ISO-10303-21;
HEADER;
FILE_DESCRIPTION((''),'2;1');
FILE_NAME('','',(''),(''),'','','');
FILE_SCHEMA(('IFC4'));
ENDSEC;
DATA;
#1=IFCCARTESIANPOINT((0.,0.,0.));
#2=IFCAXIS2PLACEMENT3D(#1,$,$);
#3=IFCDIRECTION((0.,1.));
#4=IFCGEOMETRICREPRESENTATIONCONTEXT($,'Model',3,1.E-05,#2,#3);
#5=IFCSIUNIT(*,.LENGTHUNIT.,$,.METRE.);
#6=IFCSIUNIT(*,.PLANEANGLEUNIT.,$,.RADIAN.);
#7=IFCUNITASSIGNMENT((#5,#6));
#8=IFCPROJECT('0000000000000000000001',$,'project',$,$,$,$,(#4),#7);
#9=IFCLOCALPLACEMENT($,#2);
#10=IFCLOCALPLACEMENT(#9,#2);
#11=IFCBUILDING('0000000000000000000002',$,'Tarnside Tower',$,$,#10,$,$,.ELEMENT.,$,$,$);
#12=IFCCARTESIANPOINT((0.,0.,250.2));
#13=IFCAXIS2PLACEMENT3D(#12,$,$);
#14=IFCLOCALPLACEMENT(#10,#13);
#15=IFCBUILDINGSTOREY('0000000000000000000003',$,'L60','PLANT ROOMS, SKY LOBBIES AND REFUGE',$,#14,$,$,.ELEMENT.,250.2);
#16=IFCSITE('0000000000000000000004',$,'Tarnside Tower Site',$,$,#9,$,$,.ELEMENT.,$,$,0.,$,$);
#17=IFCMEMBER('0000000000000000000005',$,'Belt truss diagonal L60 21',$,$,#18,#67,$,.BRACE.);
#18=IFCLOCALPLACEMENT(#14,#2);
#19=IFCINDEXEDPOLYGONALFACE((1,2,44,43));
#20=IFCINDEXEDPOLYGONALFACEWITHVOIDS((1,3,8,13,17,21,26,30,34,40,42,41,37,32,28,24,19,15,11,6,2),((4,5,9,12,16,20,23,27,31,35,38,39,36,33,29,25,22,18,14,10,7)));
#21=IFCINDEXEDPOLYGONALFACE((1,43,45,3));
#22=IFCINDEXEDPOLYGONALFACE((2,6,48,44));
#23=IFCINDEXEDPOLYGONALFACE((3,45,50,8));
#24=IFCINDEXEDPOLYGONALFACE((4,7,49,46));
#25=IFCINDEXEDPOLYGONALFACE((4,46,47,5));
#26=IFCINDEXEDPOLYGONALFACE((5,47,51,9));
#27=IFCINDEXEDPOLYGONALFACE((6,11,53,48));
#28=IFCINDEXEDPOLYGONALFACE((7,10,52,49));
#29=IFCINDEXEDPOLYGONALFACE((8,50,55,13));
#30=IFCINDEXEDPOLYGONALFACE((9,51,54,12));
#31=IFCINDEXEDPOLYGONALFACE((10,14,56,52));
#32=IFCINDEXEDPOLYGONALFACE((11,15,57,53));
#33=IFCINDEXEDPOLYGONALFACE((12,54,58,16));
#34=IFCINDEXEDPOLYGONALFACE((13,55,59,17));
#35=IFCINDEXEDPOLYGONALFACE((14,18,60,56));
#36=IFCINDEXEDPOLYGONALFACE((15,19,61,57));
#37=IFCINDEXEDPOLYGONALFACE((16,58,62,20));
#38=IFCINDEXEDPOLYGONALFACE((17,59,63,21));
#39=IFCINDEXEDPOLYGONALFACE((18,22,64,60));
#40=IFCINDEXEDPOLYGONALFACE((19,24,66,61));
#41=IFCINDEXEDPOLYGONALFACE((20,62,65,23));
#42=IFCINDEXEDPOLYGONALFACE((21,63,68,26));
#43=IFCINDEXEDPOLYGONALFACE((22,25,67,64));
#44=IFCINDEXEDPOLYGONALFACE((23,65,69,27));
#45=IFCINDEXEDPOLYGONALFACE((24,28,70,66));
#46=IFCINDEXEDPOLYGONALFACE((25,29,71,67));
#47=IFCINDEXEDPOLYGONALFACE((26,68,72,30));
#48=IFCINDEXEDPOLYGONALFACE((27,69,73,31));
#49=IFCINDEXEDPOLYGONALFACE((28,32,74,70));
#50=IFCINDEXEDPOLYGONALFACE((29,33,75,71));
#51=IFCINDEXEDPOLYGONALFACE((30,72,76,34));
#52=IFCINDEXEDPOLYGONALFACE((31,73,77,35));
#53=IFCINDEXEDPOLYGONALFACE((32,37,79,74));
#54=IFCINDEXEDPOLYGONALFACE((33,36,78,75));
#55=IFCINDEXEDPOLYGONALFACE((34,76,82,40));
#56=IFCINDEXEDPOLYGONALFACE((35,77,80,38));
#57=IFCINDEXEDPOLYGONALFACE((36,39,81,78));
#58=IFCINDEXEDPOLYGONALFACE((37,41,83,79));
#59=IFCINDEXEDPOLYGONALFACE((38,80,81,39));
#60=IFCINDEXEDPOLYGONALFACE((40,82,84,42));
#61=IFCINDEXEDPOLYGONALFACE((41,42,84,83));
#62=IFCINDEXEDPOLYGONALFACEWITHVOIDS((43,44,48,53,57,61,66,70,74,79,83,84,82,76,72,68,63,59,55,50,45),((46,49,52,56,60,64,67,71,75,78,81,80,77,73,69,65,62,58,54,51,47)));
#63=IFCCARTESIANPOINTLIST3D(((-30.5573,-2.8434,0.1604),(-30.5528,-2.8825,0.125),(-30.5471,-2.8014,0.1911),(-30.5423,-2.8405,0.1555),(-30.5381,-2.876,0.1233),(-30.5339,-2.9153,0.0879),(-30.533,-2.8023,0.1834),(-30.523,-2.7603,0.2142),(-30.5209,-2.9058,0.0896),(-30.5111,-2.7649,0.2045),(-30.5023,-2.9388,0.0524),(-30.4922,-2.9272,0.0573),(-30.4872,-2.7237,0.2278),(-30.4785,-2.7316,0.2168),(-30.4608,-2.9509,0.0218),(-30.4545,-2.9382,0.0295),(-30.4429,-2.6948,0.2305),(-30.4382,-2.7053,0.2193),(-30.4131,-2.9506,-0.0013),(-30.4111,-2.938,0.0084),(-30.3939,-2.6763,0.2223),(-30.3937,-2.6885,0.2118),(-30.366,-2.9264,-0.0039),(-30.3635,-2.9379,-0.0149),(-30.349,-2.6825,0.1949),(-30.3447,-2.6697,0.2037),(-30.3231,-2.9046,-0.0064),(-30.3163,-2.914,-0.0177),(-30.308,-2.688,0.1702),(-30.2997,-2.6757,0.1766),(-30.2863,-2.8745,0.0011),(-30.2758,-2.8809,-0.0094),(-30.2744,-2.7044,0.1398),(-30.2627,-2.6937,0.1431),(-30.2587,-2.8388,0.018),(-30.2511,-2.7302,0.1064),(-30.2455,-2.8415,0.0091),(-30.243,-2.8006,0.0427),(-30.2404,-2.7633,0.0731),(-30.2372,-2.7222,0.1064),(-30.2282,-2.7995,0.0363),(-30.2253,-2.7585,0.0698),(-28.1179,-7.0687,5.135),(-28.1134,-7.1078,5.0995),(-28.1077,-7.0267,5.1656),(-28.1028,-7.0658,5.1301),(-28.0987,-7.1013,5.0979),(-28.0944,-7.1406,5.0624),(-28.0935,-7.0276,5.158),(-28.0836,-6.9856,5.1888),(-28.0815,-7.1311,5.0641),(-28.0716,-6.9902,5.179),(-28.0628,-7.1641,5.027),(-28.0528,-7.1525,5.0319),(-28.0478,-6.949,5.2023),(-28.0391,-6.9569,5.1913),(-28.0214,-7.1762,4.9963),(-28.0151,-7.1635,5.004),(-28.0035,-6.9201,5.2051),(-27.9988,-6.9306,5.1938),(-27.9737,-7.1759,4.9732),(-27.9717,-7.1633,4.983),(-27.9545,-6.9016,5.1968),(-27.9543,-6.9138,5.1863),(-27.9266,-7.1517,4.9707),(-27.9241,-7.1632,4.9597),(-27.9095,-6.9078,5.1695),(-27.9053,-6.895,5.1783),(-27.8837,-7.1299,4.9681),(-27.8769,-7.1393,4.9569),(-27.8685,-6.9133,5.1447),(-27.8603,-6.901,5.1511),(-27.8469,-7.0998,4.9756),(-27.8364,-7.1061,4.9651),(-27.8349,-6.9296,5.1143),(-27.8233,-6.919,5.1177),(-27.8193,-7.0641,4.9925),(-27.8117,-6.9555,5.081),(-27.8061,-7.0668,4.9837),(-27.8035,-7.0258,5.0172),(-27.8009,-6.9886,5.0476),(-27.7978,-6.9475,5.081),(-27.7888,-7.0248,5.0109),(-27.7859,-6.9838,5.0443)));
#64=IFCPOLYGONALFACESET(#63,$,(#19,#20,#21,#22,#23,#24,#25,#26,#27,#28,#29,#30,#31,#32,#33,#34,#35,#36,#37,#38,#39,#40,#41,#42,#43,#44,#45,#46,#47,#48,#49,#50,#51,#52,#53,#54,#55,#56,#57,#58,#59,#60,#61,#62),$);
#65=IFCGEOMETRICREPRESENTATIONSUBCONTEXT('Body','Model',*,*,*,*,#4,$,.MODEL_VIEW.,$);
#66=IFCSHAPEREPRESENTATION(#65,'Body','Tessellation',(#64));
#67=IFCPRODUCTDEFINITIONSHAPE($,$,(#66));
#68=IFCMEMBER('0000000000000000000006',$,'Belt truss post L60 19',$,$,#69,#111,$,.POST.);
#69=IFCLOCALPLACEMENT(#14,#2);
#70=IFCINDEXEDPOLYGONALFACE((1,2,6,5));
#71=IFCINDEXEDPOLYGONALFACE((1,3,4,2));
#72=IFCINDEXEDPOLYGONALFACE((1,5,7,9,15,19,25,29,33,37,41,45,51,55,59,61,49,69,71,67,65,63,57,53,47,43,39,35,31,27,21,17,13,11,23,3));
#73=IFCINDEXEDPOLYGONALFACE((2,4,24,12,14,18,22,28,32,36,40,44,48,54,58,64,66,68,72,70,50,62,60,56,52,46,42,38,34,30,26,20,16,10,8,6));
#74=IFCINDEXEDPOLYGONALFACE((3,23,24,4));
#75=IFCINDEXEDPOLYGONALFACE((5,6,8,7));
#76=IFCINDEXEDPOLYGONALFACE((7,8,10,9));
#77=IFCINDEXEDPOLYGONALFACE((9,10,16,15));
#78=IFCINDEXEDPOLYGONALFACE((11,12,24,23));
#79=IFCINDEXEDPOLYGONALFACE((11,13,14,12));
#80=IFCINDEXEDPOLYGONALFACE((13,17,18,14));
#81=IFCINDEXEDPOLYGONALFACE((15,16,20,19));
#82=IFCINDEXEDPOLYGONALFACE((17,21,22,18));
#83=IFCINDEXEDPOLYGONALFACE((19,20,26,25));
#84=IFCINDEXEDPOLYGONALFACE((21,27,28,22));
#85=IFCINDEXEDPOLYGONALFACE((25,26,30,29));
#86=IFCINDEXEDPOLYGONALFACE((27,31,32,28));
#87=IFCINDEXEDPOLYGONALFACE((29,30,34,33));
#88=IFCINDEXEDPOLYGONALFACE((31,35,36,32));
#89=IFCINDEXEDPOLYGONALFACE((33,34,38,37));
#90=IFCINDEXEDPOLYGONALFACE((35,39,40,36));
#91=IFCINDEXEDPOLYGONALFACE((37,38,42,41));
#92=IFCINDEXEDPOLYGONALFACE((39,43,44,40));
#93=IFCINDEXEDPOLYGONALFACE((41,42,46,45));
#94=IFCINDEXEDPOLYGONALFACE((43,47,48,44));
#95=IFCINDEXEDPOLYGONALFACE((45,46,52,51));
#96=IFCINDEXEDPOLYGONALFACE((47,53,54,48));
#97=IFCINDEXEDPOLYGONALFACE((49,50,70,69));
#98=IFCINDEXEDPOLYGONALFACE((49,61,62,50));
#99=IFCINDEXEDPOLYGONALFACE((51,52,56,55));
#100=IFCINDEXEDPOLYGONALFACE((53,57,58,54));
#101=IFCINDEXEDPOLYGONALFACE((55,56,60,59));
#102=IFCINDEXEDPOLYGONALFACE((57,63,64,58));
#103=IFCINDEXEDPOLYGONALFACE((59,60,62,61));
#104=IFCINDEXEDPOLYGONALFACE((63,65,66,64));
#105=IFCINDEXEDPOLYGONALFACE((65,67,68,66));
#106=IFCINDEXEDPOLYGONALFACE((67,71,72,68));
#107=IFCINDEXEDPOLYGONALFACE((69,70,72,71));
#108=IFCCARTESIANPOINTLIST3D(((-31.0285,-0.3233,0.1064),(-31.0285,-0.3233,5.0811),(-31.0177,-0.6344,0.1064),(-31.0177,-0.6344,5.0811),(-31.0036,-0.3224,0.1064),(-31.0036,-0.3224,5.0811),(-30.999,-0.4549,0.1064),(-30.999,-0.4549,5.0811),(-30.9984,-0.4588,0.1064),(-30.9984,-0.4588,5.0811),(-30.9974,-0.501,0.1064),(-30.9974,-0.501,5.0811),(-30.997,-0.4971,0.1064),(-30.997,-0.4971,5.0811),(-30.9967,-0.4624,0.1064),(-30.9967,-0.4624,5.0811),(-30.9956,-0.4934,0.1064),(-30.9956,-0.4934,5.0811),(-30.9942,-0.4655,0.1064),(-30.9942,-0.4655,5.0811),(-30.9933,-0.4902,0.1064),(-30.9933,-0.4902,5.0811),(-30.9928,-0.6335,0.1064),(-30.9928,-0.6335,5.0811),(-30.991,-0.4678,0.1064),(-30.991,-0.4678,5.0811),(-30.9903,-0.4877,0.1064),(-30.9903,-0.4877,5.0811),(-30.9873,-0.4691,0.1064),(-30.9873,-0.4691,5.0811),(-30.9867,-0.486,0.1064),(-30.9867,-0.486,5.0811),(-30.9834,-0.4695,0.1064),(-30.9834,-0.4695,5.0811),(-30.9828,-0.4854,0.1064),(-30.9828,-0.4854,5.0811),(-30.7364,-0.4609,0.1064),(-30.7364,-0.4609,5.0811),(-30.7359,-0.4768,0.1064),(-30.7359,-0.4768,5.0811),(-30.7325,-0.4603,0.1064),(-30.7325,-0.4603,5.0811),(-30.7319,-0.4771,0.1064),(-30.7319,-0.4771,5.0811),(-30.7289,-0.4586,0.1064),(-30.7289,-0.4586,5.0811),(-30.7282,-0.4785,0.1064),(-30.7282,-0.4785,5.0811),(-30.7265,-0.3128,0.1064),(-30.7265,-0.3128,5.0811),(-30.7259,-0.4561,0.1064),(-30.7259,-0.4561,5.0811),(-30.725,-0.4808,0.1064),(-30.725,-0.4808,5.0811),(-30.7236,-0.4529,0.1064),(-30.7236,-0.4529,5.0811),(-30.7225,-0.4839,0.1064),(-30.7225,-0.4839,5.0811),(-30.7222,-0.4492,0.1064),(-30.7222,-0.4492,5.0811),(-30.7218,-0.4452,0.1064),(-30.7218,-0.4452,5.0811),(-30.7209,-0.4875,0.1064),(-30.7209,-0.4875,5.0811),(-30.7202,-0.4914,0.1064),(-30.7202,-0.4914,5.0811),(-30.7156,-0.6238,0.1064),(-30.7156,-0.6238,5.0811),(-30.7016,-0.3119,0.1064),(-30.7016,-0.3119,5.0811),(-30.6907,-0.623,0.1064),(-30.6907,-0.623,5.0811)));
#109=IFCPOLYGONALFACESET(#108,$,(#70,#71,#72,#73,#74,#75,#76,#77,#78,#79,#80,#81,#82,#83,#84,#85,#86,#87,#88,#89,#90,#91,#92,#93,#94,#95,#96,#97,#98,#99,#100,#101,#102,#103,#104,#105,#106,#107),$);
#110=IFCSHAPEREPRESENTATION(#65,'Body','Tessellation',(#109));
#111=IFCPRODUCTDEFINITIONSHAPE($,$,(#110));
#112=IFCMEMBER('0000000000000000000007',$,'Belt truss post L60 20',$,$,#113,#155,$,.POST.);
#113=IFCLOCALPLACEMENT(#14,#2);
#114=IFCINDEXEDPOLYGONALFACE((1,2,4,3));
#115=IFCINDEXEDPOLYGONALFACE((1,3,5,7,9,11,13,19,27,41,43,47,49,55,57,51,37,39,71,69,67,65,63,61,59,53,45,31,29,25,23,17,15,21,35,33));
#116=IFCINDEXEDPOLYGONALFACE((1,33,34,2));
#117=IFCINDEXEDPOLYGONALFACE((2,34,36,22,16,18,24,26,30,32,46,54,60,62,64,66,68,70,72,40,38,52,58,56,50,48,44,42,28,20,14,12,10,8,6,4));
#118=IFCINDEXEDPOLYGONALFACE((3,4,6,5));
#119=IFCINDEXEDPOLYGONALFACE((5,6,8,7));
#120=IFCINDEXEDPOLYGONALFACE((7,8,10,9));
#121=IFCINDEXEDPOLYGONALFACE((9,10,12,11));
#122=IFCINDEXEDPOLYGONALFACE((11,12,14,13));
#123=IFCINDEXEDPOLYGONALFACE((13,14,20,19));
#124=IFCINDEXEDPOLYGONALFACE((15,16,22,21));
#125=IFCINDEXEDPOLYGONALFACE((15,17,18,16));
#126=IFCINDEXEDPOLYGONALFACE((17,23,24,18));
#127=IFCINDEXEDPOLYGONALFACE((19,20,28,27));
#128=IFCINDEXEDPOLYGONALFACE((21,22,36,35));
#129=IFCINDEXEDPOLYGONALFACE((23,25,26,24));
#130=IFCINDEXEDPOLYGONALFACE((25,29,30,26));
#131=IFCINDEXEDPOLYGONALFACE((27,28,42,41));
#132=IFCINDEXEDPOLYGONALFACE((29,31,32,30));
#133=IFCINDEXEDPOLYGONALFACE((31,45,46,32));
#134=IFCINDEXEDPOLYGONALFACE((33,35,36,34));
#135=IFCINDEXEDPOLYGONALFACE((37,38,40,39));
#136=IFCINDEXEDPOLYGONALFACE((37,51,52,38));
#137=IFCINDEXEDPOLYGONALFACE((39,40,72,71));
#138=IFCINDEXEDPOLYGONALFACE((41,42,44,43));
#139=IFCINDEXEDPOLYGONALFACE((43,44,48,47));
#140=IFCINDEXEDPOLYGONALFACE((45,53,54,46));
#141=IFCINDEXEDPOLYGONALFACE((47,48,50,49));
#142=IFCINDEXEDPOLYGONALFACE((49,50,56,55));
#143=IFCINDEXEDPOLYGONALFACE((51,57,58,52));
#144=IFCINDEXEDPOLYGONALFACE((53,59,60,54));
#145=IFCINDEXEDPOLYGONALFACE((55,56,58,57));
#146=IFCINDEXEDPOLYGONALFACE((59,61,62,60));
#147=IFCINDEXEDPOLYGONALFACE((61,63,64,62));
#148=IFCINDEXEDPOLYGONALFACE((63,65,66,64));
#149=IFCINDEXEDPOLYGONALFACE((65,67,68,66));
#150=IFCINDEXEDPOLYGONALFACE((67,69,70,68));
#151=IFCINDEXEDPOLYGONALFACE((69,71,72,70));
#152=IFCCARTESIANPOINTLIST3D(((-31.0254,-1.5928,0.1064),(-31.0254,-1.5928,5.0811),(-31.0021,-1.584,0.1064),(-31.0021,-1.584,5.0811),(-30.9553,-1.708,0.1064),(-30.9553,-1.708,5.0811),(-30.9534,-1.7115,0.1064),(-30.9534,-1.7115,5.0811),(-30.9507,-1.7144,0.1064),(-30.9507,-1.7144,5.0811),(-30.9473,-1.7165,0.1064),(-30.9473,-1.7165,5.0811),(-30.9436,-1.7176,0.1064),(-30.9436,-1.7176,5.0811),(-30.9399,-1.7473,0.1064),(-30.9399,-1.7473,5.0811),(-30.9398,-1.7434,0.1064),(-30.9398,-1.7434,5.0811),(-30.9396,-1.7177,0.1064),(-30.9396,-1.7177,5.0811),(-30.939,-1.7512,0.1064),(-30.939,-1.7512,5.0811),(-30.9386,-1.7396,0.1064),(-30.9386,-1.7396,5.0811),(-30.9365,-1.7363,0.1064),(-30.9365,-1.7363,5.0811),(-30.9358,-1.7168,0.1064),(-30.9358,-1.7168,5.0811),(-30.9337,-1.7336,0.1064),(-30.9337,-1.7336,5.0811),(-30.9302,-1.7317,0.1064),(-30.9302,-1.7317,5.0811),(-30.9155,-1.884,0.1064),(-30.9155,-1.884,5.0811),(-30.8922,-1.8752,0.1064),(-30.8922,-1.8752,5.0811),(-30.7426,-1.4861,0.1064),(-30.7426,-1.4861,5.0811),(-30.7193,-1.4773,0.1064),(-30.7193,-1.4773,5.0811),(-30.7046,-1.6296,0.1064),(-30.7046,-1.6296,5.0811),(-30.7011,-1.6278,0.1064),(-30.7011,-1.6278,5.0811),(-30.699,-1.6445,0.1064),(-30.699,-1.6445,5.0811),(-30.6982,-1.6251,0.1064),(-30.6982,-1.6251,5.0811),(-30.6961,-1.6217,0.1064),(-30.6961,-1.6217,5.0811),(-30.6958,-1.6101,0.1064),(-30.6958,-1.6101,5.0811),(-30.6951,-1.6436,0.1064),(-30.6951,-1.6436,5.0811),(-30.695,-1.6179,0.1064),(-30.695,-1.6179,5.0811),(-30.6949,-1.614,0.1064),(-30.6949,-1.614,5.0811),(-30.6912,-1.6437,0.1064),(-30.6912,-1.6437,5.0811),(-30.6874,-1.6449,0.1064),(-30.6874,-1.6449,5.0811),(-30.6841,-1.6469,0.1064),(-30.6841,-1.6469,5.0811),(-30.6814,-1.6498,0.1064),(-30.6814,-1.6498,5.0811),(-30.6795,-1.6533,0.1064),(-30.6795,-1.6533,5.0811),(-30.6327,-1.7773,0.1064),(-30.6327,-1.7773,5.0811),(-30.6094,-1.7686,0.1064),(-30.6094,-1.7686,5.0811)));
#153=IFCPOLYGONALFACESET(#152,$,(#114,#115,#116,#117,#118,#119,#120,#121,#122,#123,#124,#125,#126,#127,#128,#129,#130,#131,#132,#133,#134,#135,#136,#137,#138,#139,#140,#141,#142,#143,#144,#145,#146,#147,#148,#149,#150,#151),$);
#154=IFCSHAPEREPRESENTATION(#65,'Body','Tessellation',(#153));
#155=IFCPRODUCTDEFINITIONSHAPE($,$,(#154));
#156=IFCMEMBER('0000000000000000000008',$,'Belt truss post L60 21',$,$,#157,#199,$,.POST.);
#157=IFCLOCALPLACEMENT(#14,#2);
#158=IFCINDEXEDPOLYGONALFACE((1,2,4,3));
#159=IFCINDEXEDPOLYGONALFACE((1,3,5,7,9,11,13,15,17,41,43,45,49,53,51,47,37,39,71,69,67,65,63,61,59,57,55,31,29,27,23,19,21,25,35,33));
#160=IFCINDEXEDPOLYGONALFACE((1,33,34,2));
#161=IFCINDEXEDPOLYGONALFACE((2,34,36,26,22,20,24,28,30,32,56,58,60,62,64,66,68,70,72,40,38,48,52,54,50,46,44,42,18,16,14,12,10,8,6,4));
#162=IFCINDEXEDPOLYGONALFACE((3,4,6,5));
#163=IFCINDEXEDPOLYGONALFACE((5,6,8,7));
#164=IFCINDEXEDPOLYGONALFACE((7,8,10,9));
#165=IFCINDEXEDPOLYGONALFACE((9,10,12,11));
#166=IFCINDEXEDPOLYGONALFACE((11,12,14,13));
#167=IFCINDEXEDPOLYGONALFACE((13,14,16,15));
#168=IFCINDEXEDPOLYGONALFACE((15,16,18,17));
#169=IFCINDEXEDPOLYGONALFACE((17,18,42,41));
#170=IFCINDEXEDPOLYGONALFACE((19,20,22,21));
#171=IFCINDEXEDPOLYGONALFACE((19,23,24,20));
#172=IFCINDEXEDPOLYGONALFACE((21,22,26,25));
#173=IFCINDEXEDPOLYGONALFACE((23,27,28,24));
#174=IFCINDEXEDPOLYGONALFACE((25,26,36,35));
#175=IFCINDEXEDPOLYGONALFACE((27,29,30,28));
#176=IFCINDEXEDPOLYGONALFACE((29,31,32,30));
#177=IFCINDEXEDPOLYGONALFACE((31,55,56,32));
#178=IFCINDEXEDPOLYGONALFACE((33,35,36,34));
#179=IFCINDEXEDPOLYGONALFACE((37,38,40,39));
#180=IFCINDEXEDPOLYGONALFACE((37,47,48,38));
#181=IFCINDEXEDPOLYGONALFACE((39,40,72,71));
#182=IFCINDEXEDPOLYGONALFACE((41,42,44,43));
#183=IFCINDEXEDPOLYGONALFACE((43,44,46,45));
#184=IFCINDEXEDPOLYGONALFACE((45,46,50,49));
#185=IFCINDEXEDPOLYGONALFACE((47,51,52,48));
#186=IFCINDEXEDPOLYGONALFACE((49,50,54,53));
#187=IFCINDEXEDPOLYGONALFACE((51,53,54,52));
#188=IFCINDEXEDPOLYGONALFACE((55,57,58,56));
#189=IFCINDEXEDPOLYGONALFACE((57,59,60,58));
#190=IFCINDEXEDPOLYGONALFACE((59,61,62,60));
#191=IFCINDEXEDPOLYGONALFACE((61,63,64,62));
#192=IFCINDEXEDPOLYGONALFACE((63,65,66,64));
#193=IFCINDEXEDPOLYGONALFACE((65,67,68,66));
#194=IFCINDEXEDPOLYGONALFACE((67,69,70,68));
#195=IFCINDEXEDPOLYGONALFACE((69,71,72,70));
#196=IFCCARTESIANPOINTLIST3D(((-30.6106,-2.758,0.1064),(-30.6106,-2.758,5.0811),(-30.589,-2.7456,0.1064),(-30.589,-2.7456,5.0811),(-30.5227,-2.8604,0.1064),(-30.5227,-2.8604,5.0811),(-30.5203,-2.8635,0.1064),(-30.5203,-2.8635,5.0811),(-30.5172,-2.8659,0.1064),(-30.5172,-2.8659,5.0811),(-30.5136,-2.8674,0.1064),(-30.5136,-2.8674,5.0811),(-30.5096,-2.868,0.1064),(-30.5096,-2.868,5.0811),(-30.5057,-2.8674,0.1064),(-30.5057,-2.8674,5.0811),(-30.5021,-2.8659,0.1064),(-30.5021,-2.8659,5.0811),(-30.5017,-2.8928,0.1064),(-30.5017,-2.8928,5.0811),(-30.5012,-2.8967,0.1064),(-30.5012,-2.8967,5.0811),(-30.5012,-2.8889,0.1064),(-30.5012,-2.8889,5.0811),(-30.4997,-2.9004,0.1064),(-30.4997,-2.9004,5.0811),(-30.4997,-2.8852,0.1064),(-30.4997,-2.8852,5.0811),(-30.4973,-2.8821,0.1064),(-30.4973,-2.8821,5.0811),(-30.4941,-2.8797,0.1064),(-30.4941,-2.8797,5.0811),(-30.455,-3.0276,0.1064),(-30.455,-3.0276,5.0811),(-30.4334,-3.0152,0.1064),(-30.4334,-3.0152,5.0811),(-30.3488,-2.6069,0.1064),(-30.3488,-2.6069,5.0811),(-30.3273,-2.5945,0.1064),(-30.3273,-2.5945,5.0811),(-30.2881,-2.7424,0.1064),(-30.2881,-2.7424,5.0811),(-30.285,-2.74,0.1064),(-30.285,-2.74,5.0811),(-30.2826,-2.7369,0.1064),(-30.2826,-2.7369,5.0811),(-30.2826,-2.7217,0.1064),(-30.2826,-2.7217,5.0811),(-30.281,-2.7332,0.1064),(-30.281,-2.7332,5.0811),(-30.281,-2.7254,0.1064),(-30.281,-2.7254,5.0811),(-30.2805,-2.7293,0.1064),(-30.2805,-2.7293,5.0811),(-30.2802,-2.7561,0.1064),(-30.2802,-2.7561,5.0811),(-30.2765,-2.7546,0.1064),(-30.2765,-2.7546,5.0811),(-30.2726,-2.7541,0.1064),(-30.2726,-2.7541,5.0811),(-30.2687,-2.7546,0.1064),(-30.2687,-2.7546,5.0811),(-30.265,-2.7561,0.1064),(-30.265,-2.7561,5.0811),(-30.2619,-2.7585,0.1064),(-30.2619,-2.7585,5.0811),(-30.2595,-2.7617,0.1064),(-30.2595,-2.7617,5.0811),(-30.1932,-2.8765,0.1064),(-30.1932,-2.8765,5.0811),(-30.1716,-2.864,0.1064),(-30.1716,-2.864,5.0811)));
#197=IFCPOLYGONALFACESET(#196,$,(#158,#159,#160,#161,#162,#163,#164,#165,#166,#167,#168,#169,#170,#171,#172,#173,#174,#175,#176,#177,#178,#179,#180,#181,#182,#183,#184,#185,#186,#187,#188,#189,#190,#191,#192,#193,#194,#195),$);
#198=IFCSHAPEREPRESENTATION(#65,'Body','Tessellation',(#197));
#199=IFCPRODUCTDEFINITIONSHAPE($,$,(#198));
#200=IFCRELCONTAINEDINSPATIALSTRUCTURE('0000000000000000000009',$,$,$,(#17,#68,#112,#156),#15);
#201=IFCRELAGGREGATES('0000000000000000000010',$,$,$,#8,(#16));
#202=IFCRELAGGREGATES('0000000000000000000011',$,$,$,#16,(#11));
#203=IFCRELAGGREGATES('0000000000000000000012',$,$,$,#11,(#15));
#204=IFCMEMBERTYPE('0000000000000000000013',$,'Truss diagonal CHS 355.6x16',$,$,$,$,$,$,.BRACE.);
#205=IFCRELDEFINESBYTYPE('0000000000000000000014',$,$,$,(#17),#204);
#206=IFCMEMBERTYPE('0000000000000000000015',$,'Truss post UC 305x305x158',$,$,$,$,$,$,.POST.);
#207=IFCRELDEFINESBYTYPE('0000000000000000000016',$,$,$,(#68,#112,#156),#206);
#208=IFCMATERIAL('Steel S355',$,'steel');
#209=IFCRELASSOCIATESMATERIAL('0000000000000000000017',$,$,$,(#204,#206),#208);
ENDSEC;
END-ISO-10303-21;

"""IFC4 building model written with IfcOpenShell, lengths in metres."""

from ifc_helpers import new_model, si_unit, direction, frame, origin, origin_2d, place, context, subcontext, project, spatial, hollow_circle, i_section, extrude, material, material_profile, profile_set, type_object, element, save


model = new_model("IFC4")

# Units and contexts
model_context = context("Model", 3, precision=1e-05, world=origin(), true_north=direction((0.0, 1.0)))
body_context = subcontext(model_context, "Body", "Model", "MODEL_VIEW")
ifc_project = project(units=[si_unit("LENGTHUNIT", "METRE"), si_unit("PLANEANGLEUNIT", "RADIAN")], contexts=[model_context])

# Site, building, storey
site_placement = place(None, origin())
site = spatial("IfcSite", under=ifc_project, at=site_placement, Name="Tarnside Tower Site", CompositionType="ELEMENT", RefElevation=0.0)
building_placement = place(site_placement, origin())
building = spatial("IfcBuilding", under=site, at=building_placement, Name="Tarnside Tower", CompositionType="ELEMENT")
storey_placement = place(building_placement, frame((0.0, 0.0, 250.2)))
storey = spatial("IfcBuildingStorey", under=building, at=storey_placement, Name="L60", Description="PLANT ROOMS, SKY LOBBIES AND REFUGE", CompositionType="ELEMENT", Elevation=250.2)

# Shared definitions
ifc_material_1 = material(Name="Steel S355", Category="steel")

# Members
ifc_material_profile_1 = material_profile(ifc_material_1, hollow_circle(Radius=0.1777, WallThickness=0.0161, at=origin_2d()), Name="CHS 355.6x16")
ifc_profile_set_1 = profile_set([ifc_material_profile_1], Name="Steel S355")
member_type_1 = type_object("IfcMemberType", Name="Truss diagonal CHS 355.6x16", PredefinedType="BRACE", material=ifc_profile_set_1)
member_1_placement = place(storey_placement, frame((-30.3911, -2.811, 0.1064), z_axis=(0.3501, -0.606404, 0.713936), x_axis=(0.86603, 0.499992, 0.0)))
element("IfcMember", 1, at=member_1_placement, inside=storey, type_object=member_type_1, Name="Belt truss diagonal L60 21", PredefinedType="BRACE", context=body_context, shape_type="SweptSolid", body=[
    extrude(hollow_circle(Radius=0.1777, WallThickness=0.0161, at=origin_2d()), origin(), (0.0, 0.0, 1.0), 6.9678),
])
ifc_material_profile_2 = material_profile(ifc_material_1, i_section(OverallWidth=0.3113, OverallDepth=0.3271, WebThickness=0.0159, FlangeThickness=0.0249, FilletRadius=0.0151, at=origin_2d()), Name="UC 305x305x158")
ifc_profile_set_2 = profile_set([ifc_material_profile_2], Name="Steel S355")
member_type_2 = type_object("IfcMemberType", Name="Truss post UC 305x305x158", PredefinedType="POST", material=ifc_profile_set_2)
for number, where, z_axis, x_axis, name in (
    (2, (-30.8596, -0.4731, 0.1064), (0.0, 0.0, 1.0), (0.034899, -0.999391, 0.0), "Belt truss post L60 19"),
    (3, (-30.8174, -1.6807, 0.1064), (0.0, 0.0, 1.0), (0.352931, -0.93565, 0.0), "Belt truss post L60 20"),
    (4, (-30.3911, -2.811, 0.1064), (0.0, 0.0, 1.0), (0.5, -0.866025, 0.0), "Belt truss post L60 21"),
):
    element("IfcMember", number, at=place(storey_placement, frame(where, z_axis=z_axis, x_axis=x_axis)), inside=storey, type_object=member_type_2, Name=name, PredefinedType="POST", context=body_context, shape_type="SweptSolid", body=[
        extrude(i_section(OverallWidth=0.3113, OverallDepth=0.3271, WebThickness=0.0159, FlangeThickness=0.0249, FilletRadius=0.0151, at=origin_2d()), origin(), (0.0, 0.0, 1.0), 4.9746),
    ])

save(model, "model.ifc")
